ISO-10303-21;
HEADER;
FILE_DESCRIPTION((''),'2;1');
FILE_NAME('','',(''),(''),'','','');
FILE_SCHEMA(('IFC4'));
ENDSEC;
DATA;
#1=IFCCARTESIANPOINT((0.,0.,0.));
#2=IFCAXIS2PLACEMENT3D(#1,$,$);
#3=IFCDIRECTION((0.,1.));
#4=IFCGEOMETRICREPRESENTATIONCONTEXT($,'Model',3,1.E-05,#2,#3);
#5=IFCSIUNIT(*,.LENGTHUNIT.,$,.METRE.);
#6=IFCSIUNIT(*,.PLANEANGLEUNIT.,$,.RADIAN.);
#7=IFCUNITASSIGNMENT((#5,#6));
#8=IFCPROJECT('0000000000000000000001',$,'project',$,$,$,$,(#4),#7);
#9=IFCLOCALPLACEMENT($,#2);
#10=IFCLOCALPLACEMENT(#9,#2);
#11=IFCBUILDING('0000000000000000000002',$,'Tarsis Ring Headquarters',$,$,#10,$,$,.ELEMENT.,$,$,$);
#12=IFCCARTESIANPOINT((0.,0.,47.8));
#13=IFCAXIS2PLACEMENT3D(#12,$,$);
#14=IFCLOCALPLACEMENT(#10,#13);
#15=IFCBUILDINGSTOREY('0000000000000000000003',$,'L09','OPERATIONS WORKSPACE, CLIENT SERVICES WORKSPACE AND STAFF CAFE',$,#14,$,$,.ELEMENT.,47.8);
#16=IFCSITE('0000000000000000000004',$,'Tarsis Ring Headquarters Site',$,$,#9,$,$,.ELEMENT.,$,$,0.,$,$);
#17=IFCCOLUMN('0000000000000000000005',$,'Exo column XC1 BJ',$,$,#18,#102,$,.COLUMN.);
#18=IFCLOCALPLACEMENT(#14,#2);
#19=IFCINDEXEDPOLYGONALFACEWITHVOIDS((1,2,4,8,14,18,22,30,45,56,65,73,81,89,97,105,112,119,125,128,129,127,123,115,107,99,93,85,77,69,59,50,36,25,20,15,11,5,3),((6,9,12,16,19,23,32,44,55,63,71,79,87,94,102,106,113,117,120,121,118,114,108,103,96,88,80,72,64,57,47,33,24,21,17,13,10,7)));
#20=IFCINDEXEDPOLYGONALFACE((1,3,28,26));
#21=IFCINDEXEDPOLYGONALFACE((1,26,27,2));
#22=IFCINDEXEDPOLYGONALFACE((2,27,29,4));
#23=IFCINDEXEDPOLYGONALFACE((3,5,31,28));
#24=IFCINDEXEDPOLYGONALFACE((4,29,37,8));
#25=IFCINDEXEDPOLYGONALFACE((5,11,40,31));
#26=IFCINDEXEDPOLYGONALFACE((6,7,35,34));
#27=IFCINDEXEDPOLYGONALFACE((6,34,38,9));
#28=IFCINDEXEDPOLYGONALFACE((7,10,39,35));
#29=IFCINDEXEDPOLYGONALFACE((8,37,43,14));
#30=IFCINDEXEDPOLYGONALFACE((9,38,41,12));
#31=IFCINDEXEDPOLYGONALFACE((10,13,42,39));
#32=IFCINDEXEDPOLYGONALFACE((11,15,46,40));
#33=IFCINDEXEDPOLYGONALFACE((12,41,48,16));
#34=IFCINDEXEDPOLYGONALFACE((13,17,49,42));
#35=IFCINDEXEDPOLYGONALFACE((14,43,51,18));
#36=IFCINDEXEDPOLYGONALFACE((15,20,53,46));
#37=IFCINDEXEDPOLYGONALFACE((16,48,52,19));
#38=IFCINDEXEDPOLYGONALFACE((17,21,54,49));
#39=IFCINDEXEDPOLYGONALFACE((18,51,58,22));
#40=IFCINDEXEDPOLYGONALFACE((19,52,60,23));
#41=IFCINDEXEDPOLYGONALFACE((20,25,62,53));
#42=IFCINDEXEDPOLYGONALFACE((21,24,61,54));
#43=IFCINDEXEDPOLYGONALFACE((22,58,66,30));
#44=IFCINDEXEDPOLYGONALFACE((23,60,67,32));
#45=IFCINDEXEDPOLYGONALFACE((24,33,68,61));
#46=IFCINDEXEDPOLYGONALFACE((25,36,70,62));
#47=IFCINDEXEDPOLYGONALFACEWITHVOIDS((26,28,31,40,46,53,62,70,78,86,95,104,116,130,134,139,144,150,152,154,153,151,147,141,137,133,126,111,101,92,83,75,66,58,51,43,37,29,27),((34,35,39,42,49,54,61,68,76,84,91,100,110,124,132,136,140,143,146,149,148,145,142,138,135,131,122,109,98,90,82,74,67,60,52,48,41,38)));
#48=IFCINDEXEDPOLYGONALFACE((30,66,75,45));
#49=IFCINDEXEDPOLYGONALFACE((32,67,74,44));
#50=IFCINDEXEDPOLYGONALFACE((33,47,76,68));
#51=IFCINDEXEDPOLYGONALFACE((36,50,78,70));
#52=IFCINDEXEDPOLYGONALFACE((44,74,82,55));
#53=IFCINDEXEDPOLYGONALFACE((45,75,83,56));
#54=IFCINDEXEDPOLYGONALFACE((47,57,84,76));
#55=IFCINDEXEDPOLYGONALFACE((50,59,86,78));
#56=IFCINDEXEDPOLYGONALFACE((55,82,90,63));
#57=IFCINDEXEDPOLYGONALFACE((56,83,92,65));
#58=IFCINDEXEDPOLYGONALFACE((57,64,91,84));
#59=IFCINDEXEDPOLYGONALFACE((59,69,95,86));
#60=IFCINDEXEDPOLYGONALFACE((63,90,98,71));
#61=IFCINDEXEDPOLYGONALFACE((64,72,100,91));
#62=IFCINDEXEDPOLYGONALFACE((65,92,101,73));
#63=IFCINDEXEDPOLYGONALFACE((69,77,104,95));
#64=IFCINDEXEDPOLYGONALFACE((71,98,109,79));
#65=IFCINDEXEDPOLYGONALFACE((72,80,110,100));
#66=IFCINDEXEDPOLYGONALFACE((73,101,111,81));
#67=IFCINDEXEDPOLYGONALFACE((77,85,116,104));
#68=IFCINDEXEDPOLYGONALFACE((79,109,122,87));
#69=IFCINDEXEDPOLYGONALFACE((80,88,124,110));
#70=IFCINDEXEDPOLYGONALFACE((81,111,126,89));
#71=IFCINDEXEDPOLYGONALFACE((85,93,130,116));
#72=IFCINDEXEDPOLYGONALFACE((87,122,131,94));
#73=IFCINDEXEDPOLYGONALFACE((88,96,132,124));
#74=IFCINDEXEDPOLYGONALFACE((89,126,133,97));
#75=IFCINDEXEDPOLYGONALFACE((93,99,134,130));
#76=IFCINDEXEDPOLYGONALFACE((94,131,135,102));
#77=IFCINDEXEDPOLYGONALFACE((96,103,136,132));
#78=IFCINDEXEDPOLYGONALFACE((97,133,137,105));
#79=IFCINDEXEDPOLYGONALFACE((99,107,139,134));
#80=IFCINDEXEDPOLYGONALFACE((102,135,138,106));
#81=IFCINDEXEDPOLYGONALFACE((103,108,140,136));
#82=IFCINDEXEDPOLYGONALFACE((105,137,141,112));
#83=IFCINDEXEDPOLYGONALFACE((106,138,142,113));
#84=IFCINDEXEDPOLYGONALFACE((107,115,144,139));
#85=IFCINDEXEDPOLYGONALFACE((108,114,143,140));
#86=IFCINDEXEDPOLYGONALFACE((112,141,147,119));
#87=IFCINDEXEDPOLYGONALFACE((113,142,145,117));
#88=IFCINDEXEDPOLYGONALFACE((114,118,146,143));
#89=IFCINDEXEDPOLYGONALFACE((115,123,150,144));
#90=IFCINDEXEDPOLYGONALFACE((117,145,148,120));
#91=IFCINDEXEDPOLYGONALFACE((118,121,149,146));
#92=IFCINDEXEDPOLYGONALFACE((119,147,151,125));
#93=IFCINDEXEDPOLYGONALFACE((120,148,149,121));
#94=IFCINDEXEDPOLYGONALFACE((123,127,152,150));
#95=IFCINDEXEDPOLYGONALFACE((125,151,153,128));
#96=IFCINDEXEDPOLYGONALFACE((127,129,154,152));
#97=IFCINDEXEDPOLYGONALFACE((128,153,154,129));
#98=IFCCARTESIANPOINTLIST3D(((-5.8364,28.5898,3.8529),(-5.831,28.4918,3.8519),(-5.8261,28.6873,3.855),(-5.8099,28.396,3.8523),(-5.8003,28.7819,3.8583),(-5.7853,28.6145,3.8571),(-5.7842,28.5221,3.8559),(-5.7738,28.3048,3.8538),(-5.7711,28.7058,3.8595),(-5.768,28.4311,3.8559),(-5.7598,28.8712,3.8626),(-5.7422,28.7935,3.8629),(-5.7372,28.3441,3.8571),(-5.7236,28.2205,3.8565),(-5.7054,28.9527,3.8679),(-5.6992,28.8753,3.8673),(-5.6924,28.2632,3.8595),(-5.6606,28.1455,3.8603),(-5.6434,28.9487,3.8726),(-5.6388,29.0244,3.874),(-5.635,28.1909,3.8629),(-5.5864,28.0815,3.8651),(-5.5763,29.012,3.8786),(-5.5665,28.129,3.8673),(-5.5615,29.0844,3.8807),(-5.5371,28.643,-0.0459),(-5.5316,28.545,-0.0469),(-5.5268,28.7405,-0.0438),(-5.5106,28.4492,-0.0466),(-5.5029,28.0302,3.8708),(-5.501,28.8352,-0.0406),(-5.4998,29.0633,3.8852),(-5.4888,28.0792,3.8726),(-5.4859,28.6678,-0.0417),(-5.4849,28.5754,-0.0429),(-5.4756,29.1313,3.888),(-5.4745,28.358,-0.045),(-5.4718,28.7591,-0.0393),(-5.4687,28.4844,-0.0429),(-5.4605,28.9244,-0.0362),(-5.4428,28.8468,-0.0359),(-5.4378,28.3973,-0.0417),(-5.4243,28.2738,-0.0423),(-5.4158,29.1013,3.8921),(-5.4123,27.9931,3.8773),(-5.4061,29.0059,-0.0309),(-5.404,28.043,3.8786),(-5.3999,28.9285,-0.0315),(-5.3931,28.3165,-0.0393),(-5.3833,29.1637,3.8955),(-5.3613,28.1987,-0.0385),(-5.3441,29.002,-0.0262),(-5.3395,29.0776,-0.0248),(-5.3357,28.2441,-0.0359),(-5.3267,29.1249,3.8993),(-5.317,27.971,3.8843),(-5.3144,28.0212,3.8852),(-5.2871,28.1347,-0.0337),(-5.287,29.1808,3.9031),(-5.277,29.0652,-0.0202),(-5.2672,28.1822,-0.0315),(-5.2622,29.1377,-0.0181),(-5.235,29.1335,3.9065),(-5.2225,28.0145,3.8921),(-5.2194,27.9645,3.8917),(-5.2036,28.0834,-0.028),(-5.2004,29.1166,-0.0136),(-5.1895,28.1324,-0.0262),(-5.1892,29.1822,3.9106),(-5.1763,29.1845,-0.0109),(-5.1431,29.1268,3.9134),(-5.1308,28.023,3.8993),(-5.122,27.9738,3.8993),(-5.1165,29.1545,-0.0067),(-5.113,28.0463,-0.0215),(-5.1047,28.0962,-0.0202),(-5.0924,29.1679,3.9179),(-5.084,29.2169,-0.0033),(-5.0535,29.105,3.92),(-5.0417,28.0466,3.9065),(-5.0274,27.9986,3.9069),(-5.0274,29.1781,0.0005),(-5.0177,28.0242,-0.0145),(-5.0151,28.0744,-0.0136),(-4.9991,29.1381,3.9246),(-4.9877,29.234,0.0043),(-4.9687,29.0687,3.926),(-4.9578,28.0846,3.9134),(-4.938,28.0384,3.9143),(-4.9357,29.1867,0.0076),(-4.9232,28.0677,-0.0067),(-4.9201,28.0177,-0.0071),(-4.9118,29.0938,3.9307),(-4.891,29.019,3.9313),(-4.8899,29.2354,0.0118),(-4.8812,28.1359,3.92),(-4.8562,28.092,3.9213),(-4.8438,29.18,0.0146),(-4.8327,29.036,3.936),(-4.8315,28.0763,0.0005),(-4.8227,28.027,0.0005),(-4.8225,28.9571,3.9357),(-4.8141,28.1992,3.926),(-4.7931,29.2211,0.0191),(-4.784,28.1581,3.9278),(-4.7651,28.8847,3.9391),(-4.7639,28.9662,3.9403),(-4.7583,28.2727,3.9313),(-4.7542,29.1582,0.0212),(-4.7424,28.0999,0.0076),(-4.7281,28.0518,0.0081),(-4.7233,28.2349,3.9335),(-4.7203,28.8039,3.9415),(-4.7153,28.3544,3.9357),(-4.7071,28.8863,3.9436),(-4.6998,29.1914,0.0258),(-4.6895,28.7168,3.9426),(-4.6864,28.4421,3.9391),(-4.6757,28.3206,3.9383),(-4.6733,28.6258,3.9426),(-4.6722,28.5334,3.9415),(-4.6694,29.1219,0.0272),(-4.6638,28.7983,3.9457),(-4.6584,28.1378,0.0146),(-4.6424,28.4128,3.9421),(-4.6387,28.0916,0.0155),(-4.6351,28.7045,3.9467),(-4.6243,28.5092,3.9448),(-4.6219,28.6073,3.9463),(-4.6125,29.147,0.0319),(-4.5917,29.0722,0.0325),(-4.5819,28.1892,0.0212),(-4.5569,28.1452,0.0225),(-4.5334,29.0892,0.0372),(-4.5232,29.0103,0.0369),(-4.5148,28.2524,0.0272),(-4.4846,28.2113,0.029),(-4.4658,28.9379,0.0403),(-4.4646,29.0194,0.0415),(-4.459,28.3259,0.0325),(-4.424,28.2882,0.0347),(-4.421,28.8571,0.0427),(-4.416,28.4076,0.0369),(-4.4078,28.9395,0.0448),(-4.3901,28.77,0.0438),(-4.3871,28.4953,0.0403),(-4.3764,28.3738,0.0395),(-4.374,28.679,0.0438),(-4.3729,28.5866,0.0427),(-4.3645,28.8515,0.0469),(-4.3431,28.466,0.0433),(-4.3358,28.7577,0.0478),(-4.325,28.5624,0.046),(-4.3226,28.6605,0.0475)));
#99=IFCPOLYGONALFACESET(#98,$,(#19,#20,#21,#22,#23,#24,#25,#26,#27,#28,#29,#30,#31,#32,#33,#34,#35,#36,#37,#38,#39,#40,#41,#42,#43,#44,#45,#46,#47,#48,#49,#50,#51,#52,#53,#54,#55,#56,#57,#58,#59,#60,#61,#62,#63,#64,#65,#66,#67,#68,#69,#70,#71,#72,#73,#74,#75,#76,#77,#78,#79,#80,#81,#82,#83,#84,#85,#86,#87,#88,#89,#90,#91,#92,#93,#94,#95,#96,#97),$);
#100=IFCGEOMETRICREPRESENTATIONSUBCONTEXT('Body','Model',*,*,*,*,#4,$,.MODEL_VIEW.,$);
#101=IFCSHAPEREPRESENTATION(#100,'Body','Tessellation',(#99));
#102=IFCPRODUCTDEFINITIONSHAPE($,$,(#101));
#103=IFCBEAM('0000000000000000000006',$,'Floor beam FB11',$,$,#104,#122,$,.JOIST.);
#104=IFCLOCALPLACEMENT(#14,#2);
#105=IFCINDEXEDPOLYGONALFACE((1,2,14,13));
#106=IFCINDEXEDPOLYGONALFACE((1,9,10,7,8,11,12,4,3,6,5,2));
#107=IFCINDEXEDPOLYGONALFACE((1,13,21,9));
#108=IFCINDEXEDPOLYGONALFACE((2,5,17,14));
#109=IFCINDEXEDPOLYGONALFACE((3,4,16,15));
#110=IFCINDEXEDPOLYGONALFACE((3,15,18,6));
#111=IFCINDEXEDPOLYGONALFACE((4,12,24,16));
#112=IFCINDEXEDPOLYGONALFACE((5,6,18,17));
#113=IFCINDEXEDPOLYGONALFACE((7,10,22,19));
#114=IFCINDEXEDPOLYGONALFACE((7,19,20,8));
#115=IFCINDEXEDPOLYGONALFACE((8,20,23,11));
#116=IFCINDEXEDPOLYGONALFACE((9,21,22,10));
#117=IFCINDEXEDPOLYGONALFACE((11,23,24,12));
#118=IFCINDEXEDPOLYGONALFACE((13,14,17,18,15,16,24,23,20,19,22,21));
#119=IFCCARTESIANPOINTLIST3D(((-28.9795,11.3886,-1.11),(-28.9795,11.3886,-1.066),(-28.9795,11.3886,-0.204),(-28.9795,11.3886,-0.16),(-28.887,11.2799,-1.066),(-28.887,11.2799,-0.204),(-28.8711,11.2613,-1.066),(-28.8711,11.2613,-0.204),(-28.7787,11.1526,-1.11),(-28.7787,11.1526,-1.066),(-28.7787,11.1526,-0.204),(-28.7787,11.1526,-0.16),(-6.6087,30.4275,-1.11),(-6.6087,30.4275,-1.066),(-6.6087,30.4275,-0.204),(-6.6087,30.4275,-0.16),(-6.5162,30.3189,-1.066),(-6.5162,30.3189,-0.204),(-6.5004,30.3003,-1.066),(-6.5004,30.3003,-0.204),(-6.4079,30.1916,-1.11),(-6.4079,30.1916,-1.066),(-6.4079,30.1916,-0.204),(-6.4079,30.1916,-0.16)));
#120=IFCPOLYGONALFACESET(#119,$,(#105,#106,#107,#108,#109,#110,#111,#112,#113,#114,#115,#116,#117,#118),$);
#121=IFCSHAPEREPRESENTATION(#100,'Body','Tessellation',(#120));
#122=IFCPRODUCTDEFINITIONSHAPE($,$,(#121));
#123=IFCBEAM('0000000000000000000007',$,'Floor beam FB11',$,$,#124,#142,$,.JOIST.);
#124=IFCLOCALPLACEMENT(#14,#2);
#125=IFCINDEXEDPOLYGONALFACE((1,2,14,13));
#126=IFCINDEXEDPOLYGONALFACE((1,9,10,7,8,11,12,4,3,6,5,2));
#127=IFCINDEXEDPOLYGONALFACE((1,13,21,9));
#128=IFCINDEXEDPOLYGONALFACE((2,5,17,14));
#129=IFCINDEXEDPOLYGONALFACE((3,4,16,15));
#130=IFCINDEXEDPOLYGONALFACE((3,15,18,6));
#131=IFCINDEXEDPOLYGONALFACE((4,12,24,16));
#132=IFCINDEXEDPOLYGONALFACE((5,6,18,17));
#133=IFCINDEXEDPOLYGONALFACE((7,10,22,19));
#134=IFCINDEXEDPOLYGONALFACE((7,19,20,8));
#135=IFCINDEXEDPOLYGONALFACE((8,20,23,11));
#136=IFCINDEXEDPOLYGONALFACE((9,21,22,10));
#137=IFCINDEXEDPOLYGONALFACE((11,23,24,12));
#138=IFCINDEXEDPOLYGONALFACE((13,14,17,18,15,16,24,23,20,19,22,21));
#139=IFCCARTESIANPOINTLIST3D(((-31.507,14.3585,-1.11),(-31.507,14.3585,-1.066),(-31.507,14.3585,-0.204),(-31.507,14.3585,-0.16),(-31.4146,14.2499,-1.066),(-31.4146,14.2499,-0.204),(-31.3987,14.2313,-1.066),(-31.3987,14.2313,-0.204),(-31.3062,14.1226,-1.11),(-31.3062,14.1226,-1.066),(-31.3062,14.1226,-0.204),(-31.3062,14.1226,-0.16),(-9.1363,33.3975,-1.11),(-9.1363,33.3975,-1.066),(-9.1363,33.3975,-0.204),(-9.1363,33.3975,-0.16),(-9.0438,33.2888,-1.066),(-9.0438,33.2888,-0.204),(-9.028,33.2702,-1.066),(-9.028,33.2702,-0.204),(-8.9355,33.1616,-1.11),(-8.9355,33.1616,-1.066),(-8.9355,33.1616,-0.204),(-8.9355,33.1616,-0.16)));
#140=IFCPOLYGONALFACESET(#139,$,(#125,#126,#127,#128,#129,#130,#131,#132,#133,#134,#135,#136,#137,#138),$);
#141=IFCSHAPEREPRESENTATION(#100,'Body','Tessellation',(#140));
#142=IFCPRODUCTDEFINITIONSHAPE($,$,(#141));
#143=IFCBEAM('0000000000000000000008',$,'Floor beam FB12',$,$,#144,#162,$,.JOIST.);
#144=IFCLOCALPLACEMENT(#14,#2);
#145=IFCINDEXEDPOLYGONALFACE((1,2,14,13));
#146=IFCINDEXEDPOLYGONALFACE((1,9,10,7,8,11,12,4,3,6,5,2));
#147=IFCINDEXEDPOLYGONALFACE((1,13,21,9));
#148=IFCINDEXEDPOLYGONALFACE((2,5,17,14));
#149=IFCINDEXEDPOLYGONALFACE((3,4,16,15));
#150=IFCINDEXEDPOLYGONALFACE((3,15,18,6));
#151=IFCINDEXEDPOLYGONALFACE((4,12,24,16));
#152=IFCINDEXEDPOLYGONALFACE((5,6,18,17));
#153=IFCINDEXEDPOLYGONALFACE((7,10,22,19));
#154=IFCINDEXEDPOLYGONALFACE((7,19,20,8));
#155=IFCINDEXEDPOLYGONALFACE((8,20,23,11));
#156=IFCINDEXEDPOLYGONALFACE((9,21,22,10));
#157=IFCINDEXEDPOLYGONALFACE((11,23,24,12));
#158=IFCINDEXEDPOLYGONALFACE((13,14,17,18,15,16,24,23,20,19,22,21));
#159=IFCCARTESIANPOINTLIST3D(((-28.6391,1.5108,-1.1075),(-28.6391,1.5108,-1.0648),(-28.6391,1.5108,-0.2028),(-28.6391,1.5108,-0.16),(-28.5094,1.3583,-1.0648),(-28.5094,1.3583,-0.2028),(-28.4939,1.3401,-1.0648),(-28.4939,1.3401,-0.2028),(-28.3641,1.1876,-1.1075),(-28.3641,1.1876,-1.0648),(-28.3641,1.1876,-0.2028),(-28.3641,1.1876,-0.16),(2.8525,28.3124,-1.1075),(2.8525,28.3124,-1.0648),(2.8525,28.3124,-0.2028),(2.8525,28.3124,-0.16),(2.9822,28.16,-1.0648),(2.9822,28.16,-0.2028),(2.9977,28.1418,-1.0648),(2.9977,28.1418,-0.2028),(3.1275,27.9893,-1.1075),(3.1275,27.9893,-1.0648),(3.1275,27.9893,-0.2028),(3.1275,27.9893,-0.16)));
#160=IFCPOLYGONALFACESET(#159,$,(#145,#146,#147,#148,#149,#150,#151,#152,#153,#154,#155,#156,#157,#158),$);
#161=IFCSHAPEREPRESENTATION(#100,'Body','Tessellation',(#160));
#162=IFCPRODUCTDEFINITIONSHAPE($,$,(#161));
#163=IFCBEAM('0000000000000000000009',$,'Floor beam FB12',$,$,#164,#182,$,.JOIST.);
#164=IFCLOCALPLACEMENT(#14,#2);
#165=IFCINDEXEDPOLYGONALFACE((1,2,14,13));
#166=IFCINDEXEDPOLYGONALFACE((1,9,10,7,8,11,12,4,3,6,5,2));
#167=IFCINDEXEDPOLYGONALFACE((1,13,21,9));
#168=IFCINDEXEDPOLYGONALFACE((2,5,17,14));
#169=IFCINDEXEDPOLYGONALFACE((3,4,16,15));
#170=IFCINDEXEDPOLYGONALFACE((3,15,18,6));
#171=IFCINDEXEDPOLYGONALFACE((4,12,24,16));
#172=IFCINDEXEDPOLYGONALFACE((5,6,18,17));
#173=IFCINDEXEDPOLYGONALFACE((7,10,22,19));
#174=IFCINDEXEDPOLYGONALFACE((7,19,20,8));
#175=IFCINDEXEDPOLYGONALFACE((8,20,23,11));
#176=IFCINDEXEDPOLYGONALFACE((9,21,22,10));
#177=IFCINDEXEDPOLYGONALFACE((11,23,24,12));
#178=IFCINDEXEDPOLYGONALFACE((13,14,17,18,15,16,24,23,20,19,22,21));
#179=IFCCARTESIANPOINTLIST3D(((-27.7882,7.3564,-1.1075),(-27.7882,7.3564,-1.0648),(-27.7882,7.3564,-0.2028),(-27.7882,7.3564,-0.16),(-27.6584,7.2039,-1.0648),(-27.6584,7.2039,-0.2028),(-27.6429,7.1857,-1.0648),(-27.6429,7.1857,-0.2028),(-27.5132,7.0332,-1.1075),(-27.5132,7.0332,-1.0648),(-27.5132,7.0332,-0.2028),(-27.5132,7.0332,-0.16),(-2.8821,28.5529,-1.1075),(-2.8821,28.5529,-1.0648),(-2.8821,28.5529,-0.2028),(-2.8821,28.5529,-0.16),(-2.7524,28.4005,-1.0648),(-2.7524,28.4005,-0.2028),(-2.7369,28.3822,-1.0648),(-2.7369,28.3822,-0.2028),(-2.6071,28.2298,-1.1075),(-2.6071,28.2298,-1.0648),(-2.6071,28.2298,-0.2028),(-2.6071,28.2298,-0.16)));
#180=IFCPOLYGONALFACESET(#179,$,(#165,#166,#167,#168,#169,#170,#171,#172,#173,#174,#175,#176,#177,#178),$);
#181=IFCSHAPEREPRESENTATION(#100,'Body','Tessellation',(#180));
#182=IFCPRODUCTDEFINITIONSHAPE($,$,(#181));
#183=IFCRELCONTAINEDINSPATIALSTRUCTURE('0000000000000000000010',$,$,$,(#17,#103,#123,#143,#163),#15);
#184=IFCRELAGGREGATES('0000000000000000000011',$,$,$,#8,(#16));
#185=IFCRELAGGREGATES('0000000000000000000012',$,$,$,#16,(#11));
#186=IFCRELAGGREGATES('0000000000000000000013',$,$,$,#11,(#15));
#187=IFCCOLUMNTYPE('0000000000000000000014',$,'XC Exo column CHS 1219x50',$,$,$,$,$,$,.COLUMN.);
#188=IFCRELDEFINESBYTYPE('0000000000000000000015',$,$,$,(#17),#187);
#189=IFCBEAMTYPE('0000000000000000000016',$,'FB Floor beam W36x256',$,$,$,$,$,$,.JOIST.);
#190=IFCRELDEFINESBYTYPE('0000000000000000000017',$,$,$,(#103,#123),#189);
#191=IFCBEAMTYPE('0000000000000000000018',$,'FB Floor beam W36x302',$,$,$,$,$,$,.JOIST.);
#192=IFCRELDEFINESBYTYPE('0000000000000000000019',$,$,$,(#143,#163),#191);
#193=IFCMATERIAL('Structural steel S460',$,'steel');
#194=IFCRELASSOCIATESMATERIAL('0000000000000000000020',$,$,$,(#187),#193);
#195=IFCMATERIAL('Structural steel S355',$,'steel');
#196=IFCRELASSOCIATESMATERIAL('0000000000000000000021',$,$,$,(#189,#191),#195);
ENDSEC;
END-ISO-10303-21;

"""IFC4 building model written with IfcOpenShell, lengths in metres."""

from ifc_helpers import new_model, si_unit, direction, frame, origin, origin_2d, place, context, subcontext, project, spatial, hollow_circle, i_section, extrude, material, material_profile, profile_set, type_object, element, save


model = new_model("IFC4")

# Units and contexts
model_context = context("Model", 3, precision=1e-05, world=origin(), true_north=direction((0.0, 1.0)))
body_context = subcontext(model_context, "Body", "Model", "MODEL_VIEW")
ifc_project = project(units=[si_unit("LENGTHUNIT", "METRE"), si_unit("PLANEANGLEUNIT", "RADIAN")], contexts=[model_context])

# Site, building, storey
site_placement = place(None, origin())
site = spatial("IfcSite", under=ifc_project, at=site_placement, Name="Tarsis Ring Headquarters Site", CompositionType="ELEMENT", RefElevation=0.0)
building_placement = place(site_placement, origin())
building = spatial("IfcBuilding", under=site, at=building_placement, Name="Tarsis Ring Headquarters", CompositionType="ELEMENT")
storey_placement = place(building_placement, frame((0.0, 0.0, 47.8)))
storey = spatial("IfcBuildingStorey", under=building, at=storey_placement, Name="L09", Description="OPERATIONS WORKSPACE, CLIENT SERVICES WORKSPACE AND STAFF CAFE", CompositionType="ELEMENT", Elevation=47.8)

# Column
ifc_material_1 = material(Name="Structural steel S460", Category="steel")
ifc_material_profile_1 = material_profile(ifc_material_1, hollow_circle(Radius=0.6096, WallThickness=0.05, at=origin_2d()), Name="CHS 1219x50")
ifc_profile_set_1 = profile_set([ifc_material_profile_1], Name="Structural steel S460")
column_type = type_object("IfcColumnType", Name="XC Exo column CHS 1219x50", PredefinedType="COLUMN", material=ifc_profile_set_1)
column_placement = place(storey_placement, frame((-4.9294, 28.6272, 0.0005), z_axis=(-0.076537, -0.013609, 0.996974), x_axis=(0.175068, -0.984556, 0.0)))
element("IfcColumn", 1, at=column_placement, inside=storey, type_object=column_type, Name="Exo column XC1 BJ", PredefinedType="COLUMN", context=body_context, shape_type="SweptSolid", body=[
    extrude(hollow_circle(Radius=0.6096, WallThickness=0.05, at=origin_2d()), origin(), (0.0, 0.0, 1.0), 3.9106),
])

# Beams
ifc_material_2 = material(Name="Structural steel S355", Category="steel")
ifc_material_profile_2 = material_profile(ifc_material_2, i_section(OverallWidth=0.3098, OverallDepth=0.95, WebThickness=0.0244, FlangeThickness=0.0439, at=origin_2d()), Name="W36x256")
ifc_profile_set_2 = profile_set([ifc_material_profile_2], Name="Structural steel S355")
beam_type_1 = type_object("IfcBeamType", Name="FB Floor beam W36x256", PredefinedType="JOIST", material=ifc_profile_set_2)
for number, where, z_axis, x_axis, name in (
    (2, (-6.5083, 30.3096, -0.635), (-0.761539, -0.648119, 0.0), (0.648119, -0.761539, 0.0), "Floor beam FB11"),
    (3, (-9.0359, 33.2795, -0.635), (-0.761539, -0.648119, 0.0), (0.648119, -0.761539, 0.0), "Floor beam FB11"),
):
    element("IfcBeam", number, at=place(storey_placement, frame(where, z_axis=z_axis, x_axis=x_axis)), inside=storey, type_object=beam_type_1, Name=name, PredefinedType="JOIST", context=body_context, shape_type="SweptSolid", body=[
        extrude(i_section(OverallWidth=0.3098, OverallDepth=0.95, WebThickness=0.0244, FlangeThickness=0.0439, at=origin_2d()), origin(), (0.0, 0.0, 1.0), 29.3757),
    ])
ifc_material_profile_3 = material_profile(ifc_material_2, i_section(OverallWidth=0.4243, OverallDepth=0.9475, WebThickness=0.0239, FlangeThickness=0.0427, at=origin_2d()), Name="W36x302")
ifc_profile_set_3 = profile_set([ifc_material_profile_3], Name="Structural steel S355")
beam_type_2 = type_object("IfcBeamType", Name="FB Floor beam W36x302", PredefinedType="JOIST", material=ifc_profile_set_3)
beam_1_placement = place(storey_placement, frame((2.99, 28.1509, -0.6338), z_axis=(-0.761536, -0.648123, 0.0), x_axis=(0.648123, -0.761536, 0.0)))
element("IfcBeam", 4, at=beam_1_placement, inside=storey, type_object=beam_type_2, Name="Floor beam FB12", PredefinedType="JOIST", context=body_context, shape_type="SweptSolid", body=[
    extrude(i_section(OverallWidth=0.4243, OverallDepth=0.9475, WebThickness=0.0239, FlangeThickness=0.0427, at=origin_2d()), origin(), (0.0, 0.0, 1.0), 41.3528),
])
beam_2_placement = place(storey_placement, frame((-2.7446, 28.3914, -0.6338), z_axis=(-0.76154, -0.648117, 0.0), x_axis=(0.648117, -0.76154, 0.0)))
element("IfcBeam", 5, at=beam_2_placement, inside=storey, type_object=beam_type_2, Name="Floor beam FB12", PredefinedType="JOIST", context=body_context, shape_type="SweptSolid", body=[
    extrude(i_section(OverallWidth=0.4243, OverallDepth=0.9475, WebThickness=0.0239, FlangeThickness=0.0427, at=origin_2d()), origin(), (0.0, 0.0, 1.0), 32.7048),
])

save(model, "model.ifc")
